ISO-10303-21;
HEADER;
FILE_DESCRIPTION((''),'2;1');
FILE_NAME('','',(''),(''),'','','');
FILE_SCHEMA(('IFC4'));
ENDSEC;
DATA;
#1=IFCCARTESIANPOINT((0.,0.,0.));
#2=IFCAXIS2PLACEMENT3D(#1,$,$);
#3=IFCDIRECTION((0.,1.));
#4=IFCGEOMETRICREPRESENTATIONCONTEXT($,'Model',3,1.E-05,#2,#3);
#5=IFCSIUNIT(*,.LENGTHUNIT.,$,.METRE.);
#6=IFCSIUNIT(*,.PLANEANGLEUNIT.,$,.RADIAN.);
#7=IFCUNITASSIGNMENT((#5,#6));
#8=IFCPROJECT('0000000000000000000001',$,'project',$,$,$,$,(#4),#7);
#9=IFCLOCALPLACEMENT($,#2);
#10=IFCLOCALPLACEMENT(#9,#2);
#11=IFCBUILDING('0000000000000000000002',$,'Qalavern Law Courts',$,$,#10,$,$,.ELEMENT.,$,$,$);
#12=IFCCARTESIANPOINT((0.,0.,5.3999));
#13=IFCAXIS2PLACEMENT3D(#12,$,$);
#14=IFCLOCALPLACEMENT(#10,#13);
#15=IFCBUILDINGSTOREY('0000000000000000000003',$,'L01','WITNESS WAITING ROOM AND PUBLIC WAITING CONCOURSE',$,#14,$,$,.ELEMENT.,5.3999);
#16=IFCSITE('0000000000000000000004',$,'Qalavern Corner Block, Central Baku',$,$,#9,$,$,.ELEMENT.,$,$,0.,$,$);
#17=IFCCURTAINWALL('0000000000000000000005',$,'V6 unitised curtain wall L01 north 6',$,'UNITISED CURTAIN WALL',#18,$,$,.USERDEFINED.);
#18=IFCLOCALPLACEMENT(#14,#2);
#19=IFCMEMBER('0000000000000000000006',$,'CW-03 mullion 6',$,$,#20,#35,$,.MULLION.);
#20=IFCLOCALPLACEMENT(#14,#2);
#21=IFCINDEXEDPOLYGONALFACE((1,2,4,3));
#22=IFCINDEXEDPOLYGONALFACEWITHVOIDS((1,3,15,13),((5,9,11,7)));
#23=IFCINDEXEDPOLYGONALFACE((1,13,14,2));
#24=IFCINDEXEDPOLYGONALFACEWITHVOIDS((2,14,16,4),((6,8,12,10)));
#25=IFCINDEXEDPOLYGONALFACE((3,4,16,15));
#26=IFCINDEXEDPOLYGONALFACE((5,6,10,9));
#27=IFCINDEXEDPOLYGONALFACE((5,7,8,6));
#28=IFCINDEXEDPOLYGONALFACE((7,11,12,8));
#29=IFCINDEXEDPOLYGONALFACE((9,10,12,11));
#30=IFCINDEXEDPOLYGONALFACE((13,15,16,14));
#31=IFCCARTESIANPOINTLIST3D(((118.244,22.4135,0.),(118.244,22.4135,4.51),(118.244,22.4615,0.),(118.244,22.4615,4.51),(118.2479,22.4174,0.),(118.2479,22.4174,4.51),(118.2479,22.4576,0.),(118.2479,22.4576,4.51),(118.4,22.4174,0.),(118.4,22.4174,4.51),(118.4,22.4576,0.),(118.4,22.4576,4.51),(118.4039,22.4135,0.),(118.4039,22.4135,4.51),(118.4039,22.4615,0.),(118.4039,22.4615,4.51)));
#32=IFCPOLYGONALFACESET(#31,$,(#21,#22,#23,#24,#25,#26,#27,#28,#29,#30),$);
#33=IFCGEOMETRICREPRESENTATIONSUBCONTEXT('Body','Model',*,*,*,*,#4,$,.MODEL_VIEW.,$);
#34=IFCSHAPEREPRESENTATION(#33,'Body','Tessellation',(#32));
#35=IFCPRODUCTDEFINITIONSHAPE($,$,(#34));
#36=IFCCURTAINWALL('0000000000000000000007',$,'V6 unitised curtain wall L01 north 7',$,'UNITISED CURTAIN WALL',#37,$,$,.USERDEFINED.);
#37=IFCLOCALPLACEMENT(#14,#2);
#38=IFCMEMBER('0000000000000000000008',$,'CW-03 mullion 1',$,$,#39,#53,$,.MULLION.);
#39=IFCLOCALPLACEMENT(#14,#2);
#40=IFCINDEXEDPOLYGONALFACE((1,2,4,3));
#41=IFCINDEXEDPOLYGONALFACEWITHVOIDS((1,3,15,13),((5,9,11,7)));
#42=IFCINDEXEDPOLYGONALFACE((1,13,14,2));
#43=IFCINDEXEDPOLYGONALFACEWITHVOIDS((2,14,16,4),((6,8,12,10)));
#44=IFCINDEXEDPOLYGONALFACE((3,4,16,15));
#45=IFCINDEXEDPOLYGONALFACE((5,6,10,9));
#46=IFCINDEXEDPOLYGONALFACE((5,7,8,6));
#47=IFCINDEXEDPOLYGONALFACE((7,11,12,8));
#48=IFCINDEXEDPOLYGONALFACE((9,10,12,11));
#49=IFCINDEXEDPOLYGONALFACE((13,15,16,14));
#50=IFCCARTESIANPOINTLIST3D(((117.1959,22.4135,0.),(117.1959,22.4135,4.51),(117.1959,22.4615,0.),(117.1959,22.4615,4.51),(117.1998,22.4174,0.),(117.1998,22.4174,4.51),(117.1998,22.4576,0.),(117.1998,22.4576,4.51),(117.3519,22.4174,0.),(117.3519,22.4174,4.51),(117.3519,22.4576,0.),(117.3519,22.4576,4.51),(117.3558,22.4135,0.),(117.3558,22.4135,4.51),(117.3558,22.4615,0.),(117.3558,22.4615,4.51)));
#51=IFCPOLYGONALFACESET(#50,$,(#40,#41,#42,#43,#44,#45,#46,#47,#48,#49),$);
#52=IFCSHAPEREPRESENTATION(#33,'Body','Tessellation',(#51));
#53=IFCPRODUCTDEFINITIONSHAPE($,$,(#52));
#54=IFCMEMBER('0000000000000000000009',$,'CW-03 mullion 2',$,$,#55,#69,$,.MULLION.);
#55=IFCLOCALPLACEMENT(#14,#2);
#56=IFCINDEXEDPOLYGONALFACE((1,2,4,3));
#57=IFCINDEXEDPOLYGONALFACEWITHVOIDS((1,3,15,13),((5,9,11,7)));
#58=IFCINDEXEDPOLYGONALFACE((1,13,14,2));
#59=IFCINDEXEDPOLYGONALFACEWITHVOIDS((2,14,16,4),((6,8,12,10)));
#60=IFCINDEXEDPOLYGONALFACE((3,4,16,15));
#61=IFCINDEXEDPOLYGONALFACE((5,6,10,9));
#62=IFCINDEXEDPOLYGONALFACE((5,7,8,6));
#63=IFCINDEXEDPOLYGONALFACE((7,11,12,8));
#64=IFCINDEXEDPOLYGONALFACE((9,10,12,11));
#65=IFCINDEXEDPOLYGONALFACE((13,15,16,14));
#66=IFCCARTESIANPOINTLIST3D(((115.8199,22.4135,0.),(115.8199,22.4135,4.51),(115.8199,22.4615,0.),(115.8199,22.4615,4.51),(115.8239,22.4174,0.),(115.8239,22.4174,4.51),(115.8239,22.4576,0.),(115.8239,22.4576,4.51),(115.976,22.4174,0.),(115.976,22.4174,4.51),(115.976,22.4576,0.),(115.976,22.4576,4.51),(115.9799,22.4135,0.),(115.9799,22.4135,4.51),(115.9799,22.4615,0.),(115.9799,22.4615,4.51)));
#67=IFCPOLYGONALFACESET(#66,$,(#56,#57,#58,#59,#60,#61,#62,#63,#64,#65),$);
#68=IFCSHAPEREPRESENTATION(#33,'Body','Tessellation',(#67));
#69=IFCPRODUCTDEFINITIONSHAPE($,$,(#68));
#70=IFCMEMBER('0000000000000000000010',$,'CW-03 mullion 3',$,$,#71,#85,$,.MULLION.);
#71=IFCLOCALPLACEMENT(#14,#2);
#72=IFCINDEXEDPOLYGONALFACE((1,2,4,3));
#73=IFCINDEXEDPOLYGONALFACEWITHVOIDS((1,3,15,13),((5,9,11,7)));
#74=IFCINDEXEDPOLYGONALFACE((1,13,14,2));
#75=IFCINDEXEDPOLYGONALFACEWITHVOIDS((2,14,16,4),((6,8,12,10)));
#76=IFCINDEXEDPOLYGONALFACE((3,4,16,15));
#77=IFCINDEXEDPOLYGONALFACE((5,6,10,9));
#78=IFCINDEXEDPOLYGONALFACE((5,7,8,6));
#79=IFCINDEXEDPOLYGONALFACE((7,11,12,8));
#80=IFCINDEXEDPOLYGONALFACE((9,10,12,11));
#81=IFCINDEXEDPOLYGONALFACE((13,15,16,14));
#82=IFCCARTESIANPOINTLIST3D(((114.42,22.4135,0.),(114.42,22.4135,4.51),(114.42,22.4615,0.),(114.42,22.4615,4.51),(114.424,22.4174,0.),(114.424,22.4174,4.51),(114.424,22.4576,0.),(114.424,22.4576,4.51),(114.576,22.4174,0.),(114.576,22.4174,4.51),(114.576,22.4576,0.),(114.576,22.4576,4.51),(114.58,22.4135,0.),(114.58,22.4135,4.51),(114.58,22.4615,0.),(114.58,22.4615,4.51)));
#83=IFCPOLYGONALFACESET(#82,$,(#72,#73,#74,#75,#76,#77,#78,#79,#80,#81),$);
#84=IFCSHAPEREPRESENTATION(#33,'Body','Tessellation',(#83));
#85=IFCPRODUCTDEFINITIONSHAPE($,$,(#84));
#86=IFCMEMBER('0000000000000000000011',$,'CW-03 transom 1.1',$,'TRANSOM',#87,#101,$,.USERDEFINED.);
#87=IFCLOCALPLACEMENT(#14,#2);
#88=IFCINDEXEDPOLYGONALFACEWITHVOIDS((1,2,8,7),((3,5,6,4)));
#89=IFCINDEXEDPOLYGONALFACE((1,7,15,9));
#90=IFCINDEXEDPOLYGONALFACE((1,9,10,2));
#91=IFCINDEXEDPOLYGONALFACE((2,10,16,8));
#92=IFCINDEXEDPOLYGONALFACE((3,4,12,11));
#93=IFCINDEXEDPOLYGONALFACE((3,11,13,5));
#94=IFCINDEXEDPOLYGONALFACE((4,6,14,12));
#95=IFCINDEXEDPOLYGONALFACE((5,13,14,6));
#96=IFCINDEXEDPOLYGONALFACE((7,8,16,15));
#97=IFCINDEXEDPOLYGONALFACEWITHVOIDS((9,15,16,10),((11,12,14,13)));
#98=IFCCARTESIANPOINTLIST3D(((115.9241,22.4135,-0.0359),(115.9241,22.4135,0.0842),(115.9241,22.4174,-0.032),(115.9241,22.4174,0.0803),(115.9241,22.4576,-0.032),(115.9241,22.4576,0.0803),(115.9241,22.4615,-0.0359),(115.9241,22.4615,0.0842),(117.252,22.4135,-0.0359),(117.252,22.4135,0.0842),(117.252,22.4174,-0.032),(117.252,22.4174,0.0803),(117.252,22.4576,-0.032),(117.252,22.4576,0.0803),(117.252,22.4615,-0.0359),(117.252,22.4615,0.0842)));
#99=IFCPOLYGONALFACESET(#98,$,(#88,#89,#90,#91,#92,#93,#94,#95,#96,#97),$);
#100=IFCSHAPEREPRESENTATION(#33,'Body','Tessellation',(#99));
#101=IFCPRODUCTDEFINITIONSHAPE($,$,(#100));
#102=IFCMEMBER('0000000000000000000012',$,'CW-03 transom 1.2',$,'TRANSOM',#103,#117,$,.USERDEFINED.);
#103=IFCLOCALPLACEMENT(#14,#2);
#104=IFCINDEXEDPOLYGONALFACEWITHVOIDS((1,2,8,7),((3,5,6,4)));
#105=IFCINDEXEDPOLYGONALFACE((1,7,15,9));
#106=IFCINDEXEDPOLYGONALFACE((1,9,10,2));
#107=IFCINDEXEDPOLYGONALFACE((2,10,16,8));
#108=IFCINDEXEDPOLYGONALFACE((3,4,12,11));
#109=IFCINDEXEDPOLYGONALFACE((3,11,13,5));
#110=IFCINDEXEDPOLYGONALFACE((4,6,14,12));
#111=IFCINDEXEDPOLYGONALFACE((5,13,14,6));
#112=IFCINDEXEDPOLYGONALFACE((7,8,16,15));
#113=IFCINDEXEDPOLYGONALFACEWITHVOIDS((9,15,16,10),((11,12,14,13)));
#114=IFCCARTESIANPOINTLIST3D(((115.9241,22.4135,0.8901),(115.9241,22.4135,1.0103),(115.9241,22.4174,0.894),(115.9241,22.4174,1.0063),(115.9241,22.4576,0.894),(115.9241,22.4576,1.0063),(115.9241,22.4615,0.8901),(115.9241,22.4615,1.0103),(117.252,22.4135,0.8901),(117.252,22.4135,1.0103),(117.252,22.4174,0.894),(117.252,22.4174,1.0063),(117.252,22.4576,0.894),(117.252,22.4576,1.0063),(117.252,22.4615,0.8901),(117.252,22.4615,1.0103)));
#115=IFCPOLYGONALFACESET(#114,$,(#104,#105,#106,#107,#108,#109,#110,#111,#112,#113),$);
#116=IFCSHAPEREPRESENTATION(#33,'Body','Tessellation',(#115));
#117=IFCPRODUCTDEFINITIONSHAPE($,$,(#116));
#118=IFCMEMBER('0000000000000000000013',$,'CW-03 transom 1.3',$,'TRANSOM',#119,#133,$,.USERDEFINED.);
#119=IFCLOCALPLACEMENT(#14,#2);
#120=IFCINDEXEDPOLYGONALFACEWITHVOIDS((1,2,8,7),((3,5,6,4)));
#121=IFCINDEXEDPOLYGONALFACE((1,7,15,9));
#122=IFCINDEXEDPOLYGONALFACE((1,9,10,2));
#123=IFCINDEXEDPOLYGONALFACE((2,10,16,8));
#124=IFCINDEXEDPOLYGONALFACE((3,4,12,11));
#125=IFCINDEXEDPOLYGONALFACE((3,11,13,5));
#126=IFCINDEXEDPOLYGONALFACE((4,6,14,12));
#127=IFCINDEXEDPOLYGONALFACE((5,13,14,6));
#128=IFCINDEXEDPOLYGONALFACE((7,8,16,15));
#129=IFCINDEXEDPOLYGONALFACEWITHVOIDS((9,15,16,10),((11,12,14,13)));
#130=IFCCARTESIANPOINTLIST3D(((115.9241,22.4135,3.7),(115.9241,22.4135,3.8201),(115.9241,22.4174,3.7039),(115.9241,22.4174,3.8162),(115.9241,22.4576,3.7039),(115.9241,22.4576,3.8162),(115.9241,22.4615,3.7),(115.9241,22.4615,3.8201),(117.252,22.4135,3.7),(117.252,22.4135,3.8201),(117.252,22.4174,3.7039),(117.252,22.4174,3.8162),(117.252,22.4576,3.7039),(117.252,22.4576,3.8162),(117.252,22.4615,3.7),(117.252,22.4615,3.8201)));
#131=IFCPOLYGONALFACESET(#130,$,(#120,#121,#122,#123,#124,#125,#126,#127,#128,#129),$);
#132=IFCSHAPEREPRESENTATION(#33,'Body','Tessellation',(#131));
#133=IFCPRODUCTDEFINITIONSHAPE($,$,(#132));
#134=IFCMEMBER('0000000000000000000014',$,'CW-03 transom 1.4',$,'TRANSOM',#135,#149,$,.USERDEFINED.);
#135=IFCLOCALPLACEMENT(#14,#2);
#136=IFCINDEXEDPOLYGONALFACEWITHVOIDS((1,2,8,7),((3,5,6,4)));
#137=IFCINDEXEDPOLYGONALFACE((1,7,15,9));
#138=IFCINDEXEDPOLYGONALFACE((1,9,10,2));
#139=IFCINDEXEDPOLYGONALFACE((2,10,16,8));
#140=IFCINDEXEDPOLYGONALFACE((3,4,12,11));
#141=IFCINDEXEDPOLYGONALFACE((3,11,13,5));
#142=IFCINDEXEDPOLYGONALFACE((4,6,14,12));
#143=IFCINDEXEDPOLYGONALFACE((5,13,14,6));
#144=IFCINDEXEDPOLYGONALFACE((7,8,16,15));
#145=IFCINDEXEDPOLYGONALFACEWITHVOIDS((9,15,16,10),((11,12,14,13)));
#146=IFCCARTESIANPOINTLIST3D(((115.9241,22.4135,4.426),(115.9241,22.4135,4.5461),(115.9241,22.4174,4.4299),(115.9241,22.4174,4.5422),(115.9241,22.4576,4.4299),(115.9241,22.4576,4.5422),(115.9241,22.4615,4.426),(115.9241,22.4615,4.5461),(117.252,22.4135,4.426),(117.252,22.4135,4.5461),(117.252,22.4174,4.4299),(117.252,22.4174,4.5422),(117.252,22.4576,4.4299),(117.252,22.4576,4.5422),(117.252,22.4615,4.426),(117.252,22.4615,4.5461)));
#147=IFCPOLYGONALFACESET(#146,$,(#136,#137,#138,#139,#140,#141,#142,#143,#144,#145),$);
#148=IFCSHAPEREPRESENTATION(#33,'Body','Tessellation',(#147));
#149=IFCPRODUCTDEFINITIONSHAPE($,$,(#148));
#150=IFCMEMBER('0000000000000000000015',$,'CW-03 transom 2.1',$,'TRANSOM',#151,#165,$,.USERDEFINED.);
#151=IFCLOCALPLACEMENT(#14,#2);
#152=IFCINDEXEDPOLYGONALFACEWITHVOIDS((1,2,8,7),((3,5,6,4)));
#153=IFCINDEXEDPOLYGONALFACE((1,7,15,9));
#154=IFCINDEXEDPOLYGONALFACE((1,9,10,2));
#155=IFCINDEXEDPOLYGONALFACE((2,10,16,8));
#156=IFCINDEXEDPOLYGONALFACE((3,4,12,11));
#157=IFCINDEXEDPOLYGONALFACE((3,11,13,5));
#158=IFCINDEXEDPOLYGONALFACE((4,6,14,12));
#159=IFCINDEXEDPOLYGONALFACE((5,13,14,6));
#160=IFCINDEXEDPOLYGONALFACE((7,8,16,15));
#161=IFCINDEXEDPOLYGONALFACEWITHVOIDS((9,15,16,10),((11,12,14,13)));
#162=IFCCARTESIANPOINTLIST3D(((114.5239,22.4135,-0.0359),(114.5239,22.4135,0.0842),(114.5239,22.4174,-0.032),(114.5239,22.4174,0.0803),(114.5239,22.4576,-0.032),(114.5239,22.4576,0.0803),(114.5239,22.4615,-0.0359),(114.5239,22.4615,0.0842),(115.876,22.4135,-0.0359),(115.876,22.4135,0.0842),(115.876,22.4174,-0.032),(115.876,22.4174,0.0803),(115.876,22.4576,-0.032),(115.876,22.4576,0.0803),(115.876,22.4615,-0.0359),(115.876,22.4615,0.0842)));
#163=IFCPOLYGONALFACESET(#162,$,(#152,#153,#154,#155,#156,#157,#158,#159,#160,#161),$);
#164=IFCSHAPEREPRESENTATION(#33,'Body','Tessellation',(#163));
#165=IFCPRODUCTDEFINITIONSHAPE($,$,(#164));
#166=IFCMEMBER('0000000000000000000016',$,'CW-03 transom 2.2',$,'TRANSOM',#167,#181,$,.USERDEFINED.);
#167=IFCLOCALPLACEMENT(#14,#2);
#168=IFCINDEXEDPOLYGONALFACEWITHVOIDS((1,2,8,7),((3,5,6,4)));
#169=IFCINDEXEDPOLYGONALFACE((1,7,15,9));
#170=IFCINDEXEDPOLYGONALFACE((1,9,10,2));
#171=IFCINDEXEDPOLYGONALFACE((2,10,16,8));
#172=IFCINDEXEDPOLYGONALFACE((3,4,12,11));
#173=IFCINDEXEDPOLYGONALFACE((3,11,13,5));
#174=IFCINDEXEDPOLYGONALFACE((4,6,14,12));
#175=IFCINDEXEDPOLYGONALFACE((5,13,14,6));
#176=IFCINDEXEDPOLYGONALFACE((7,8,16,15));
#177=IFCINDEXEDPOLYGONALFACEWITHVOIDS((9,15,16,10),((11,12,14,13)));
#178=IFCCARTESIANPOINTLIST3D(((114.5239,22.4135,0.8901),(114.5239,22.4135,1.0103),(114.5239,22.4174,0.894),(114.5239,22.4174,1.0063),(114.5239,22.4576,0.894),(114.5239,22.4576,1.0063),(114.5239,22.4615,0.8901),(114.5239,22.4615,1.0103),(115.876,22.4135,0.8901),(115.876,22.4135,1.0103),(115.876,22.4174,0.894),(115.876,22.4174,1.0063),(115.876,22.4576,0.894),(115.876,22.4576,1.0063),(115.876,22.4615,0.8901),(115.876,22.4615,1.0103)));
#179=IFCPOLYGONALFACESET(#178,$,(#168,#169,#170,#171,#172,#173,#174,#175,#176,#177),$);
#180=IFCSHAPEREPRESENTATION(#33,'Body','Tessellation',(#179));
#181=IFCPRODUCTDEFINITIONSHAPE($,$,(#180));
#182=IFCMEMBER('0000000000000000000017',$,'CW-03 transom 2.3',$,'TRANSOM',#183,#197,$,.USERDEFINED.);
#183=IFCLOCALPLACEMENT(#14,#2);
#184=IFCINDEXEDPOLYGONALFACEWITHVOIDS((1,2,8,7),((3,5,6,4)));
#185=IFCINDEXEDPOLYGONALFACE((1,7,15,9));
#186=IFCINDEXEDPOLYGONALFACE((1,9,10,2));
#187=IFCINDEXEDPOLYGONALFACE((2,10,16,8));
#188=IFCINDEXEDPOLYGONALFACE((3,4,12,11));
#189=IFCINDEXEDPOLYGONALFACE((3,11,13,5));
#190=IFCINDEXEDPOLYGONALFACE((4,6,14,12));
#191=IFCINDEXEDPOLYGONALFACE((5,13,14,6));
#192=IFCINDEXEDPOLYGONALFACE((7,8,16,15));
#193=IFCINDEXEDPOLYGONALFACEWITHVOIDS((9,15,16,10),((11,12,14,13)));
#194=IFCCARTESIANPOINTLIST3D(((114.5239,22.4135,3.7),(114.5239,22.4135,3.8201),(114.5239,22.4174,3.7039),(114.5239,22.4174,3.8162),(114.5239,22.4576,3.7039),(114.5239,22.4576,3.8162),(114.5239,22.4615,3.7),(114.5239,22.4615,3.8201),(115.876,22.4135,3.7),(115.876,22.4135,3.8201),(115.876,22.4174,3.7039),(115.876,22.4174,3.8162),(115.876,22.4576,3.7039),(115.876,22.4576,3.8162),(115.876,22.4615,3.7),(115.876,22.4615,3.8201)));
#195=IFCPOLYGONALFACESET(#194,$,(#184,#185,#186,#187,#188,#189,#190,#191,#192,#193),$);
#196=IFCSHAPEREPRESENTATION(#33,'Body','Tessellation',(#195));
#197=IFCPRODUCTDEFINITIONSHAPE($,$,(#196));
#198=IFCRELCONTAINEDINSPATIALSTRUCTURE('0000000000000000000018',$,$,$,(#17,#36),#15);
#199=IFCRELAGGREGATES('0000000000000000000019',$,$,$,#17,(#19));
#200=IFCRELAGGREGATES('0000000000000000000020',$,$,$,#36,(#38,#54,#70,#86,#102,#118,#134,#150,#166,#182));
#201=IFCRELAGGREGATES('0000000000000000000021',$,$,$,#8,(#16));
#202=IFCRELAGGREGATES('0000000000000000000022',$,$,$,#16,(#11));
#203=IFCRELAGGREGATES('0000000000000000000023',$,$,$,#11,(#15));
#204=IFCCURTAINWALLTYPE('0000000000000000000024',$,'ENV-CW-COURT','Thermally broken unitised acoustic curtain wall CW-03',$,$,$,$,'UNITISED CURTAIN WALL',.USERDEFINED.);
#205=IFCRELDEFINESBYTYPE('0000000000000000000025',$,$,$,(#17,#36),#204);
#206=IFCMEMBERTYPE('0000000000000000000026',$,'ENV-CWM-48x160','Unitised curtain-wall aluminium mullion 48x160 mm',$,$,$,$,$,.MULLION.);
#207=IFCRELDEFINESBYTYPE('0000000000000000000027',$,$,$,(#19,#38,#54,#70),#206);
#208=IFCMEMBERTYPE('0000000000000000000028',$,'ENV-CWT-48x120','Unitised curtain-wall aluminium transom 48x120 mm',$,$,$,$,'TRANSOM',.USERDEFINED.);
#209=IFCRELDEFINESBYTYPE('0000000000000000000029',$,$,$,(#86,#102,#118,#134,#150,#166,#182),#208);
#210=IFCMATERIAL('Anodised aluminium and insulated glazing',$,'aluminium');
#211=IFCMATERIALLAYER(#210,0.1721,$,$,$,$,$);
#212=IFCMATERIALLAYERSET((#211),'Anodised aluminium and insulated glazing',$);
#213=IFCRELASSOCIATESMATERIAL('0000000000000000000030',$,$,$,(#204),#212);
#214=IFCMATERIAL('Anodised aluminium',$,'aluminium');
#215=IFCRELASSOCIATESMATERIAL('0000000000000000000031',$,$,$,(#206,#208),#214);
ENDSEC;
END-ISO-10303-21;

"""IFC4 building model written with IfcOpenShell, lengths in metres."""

from ifc_helpers import new_model, si_unit, direction, frame, origin, origin_2d, place, context, subcontext, project, spatial, hollow_rectangle, extrude, material, layer, layer_set, material_profile, profile_set, type_object, element, aggregate, save


model = new_model("IFC4")

# Units and contexts
model_context = context("Model", 3, precision=1e-05, world=origin(), true_north=direction((0.0, 1.0)))
body_context = subcontext(model_context, "Body", "Model", "MODEL_VIEW")
ifc_project = project(units=[si_unit("LENGTHUNIT", "METRE"), si_unit("PLANEANGLEUNIT", "RADIAN")], contexts=[model_context])

# Site, building, storey
site_placement = place(None, origin())
site = spatial("IfcSite", under=ifc_project, at=site_placement, Name="Qalavern Corner Block, Central Baku", CompositionType="ELEMENT", RefElevation=0.0)
building_placement = place(site_placement, origin())
building = spatial("IfcBuilding", under=site, at=building_placement, Name="Qalavern Law Courts", CompositionType="ELEMENT")
storey_placement = place(building_placement, frame((0.0, 0.0, 5.3999)))
storey = spatial("IfcBuildingStorey", under=building, at=storey_placement, Name="L01", Description="WITNESS WAITING ROOM AND PUBLIC WAITING CONCOURSE", CompositionType="ELEMENT", Elevation=5.3999)

# Curtain wall, member
ifc_material_1 = material(Name="Anodised aluminium and insulated glazing", Category="aluminium")
ifc_layer_1 = layer(ifc_material_1, 0.1721)
ifc_layer_set_1 = layer_set([ifc_layer_1], Name="Anodised aluminium and insulated glazing")
curtain_wall_type = type_object("IfcCurtainWallType", Name="ENV-CW-COURT", Description="Thermally broken unitised acoustic curtain wall CW-03", ElementType="UNITISED CURTAIN WALL", PredefinedType="USERDEFINED", material=ifc_layer_set_1)
curtain_wall_1_placement = place(storey_placement, origin())
curtain_wall_1 = element("IfcCurtainWall", 1, at=curtain_wall_1_placement, inside=storey, type_object=curtain_wall_type, Name="V6 unitised curtain wall L01 north 6", ObjectType="UNITISED CURTAIN WALL", PredefinedType="USERDEFINED")
ifc_material_2 = material(Name="Anodised aluminium", Category="aluminium")
ifc_material_profile_1 = material_profile(ifc_material_2, hollow_rectangle(XDim=0.0481, YDim=0.1599, WallThickness=0.0039, at=origin_2d()), Name="ALU MULLION 48x160")
ifc_profile_set_1 = profile_set([ifc_material_profile_1], Name="Anodised aluminium")
member_type_1 = type_object("IfcMemberType", Name="ENV-CWM-48x160", Description="Unitised curtain-wall aluminium mullion 48x160 mm", PredefinedType="MULLION", material=ifc_profile_set_1)
member_1_placement = place(storey_placement, frame((118.324, 22.4375, 0.0), z_axis=(0.0, 0.0, 1.0), x_axis=(0.0, -1.0, 0.0)))
member_1 = element("IfcMember", 2, at=member_1_placement, type_object=member_type_1, Name="CW-03 mullion 6", PredefinedType="MULLION", context=body_context, shape_type="SweptSolid", body=[
    extrude(hollow_rectangle(XDim=0.0481, YDim=0.1599, WallThickness=0.0039, at=origin_2d()), origin(), (0.0, 0.0, 1.0), 4.51),
])
aggregate(curtain_wall_1, [member_1])

# Curtain wall, members
curtain_wall_2_placement = place(storey_placement, origin())
curtain_wall_2 = element("IfcCurtainWall", 3, at=curtain_wall_2_placement, inside=storey, type_object=curtain_wall_type, Name="V6 unitised curtain wall L01 north 7", ObjectType="UNITISED CURTAIN WALL", PredefinedType="USERDEFINED")
member_2_placement = place(storey_placement, frame((117.2759, 22.4375, 0.0), z_axis=(0.0, 0.0, 1.0), x_axis=(0.0, -1.0, 0.0)))
member_2 = element("IfcMember", 4, at=member_2_placement, type_object=member_type_1, Name="CW-03 mullion 1", PredefinedType="MULLION", context=body_context, shape_type="SweptSolid", body=[
    extrude(hollow_rectangle(XDim=0.0481, YDim=0.1599, WallThickness=0.0039, at=origin_2d()), origin(), (0.0, 0.0, 1.0), 4.51),
])
member_3_placement = place(storey_placement, frame((115.8999, 22.4375, 0.0), z_axis=(0.0, 0.0, 1.0), x_axis=(0.0, -1.0, 0.0)))
member_3 = element("IfcMember", 5, at=member_3_placement, type_object=member_type_1, Name="CW-03 mullion 2", PredefinedType="MULLION", context=body_context, shape_type="SweptSolid", body=[
    extrude(hollow_rectangle(XDim=0.0481, YDim=0.1599, WallThickness=0.0039, at=origin_2d()), origin(), (0.0, 0.0, 1.0), 4.51),
])
member_4_placement = place(storey_placement, frame((114.5, 22.4375, 0.0), z_axis=(0.0, 0.0, 1.0), x_axis=(0.0, -1.0, 0.0)))
member_4 = element("IfcMember", 6, at=member_4_placement, type_object=member_type_1, Name="CW-03 mullion 3", PredefinedType="MULLION", context=body_context, shape_type="SweptSolid", body=[
    extrude(hollow_rectangle(XDim=0.0481, YDim=0.1599, WallThickness=0.0039, at=origin_2d()), origin(), (0.0, 0.0, 1.0), 4.51),
])
ifc_material_profile_2 = material_profile(ifc_material_2, hollow_rectangle(XDim=0.0481, YDim=0.1201, WallThickness=0.0039, at=origin_2d()), Name="ALU TRANSOM 48x120")
ifc_profile_set_2 = profile_set([ifc_material_profile_2], Name="Anodised aluminium")
member_type_2 = type_object("IfcMemberType", Name="ENV-CWT-48x120", Description="Unitised curtain-wall aluminium transom 48x120 mm", ElementType="TRANSOM", PredefinedType="USERDEFINED", material=ifc_profile_set_2)
member_5_placement = place(storey_placement, frame((117.252, 22.4375, 0.0242), z_axis=(-1.0, 0.0, 0.0), x_axis=(0.0, -1.0, 0.0)))
member_5 = element("IfcMember", 7, at=member_5_placement, type_object=member_type_2, Name="CW-03 transom 1.1", ObjectType="TRANSOM", PredefinedType="USERDEFINED", context=body_context, shape_type="SweptSolid", body=[
    extrude(hollow_rectangle(XDim=0.0481, YDim=0.1201, WallThickness=0.0039, at=origin_2d()), origin(), (0.0, 0.0, 1.0), 1.3279),
])
member_6_placement = place(storey_placement, frame((117.252, 22.4375, 0.9502), z_axis=(-1.0, 0.0, 0.0), x_axis=(0.0, -1.0, 0.0)))
member_6 = element("IfcMember", 8, at=member_6_placement, type_object=member_type_2, Name="CW-03 transom 1.2", ObjectType="TRANSOM", PredefinedType="USERDEFINED", context=body_context, shape_type="SweptSolid", body=[
    extrude(hollow_rectangle(XDim=0.0481, YDim=0.1201, WallThickness=0.0039, at=origin_2d()), origin(), (0.0, 0.0, 1.0), 1.3279),
])
member_7_placement = place(storey_placement, frame((117.252, 22.4375, 3.76), z_axis=(-1.0, 0.0, 0.0), x_axis=(0.0, -1.0, 0.0)))
member_7 = element("IfcMember", 9, at=member_7_placement, type_object=member_type_2, Name="CW-03 transom 1.3", ObjectType="TRANSOM", PredefinedType="USERDEFINED", context=body_context, shape_type="SweptSolid", body=[
    extrude(hollow_rectangle(XDim=0.0481, YDim=0.1201, WallThickness=0.0039, at=origin_2d()), origin(), (0.0, 0.0, 1.0), 1.3279),
])
member_8_placement = place(storey_placement, frame((117.252, 22.4375, 4.4861), z_axis=(-1.0, 0.0, 0.0), x_axis=(0.0, -1.0, 0.0)))
member_8 = element("IfcMember", 10, at=member_8_placement, type_object=member_type_2, Name="CW-03 transom 1.4", ObjectType="TRANSOM", PredefinedType="USERDEFINED", context=body_context, shape_type="SweptSolid", body=[
    extrude(hollow_rectangle(XDim=0.0481, YDim=0.1201, WallThickness=0.0039, at=origin_2d()), origin(), (0.0, 0.0, 1.0), 1.3279),
])
member_9_placement = place(storey_placement, frame((115.876, 22.4375, 0.0242), z_axis=(-1.0, 0.0, 0.0), x_axis=(0.0, -1.0, 0.0)))
member_9 = element("IfcMember", 11, at=member_9_placement, type_object=member_type_2, Name="CW-03 transom 2.1", ObjectType="TRANSOM", PredefinedType="USERDEFINED", context=body_context, shape_type="SweptSolid", body=[
    extrude(hollow_rectangle(XDim=0.0481, YDim=0.1201, WallThickness=0.0039, at=origin_2d()), origin(), (0.0, 0.0, 1.0), 1.3521),
])
member_10_placement = place(storey_placement, frame((115.876, 22.4375, 0.9502), z_axis=(-1.0, 0.0, 0.0), x_axis=(0.0, -1.0, 0.0)))
member_10 = element("IfcMember", 12, at=member_10_placement, type_object=member_type_2, Name="CW-03 transom 2.2", ObjectType="TRANSOM", PredefinedType="USERDEFINED", context=body_context, shape_type="SweptSolid", body=[
    extrude(hollow_rectangle(XDim=0.0481, YDim=0.1201, WallThickness=0.0039, at=origin_2d()), origin(), (0.0, 0.0, 1.0), 1.3521),
])
member_11_placement = place(storey_placement, frame((115.876, 22.4375, 3.76), z_axis=(-1.0, 0.0, 0.0), x_axis=(0.0, -1.0, 0.0)))
member_11 = element("IfcMember", 13, at=member_11_placement, type_object=member_type_2, Name="CW-03 transom 2.3", ObjectType="TRANSOM", PredefinedType="USERDEFINED", context=body_context, shape_type="SweptSolid", body=[
    extrude(hollow_rectangle(XDim=0.0481, YDim=0.1201, WallThickness=0.0039, at=origin_2d()), origin(), (0.0, 0.0, 1.0), 1.3521),
])
aggregate(curtain_wall_2, [member_2, member_3, member_4, member_5, member_6, member_7, member_8, member_9, member_10, member_11])

save(model, "model.ifc")
